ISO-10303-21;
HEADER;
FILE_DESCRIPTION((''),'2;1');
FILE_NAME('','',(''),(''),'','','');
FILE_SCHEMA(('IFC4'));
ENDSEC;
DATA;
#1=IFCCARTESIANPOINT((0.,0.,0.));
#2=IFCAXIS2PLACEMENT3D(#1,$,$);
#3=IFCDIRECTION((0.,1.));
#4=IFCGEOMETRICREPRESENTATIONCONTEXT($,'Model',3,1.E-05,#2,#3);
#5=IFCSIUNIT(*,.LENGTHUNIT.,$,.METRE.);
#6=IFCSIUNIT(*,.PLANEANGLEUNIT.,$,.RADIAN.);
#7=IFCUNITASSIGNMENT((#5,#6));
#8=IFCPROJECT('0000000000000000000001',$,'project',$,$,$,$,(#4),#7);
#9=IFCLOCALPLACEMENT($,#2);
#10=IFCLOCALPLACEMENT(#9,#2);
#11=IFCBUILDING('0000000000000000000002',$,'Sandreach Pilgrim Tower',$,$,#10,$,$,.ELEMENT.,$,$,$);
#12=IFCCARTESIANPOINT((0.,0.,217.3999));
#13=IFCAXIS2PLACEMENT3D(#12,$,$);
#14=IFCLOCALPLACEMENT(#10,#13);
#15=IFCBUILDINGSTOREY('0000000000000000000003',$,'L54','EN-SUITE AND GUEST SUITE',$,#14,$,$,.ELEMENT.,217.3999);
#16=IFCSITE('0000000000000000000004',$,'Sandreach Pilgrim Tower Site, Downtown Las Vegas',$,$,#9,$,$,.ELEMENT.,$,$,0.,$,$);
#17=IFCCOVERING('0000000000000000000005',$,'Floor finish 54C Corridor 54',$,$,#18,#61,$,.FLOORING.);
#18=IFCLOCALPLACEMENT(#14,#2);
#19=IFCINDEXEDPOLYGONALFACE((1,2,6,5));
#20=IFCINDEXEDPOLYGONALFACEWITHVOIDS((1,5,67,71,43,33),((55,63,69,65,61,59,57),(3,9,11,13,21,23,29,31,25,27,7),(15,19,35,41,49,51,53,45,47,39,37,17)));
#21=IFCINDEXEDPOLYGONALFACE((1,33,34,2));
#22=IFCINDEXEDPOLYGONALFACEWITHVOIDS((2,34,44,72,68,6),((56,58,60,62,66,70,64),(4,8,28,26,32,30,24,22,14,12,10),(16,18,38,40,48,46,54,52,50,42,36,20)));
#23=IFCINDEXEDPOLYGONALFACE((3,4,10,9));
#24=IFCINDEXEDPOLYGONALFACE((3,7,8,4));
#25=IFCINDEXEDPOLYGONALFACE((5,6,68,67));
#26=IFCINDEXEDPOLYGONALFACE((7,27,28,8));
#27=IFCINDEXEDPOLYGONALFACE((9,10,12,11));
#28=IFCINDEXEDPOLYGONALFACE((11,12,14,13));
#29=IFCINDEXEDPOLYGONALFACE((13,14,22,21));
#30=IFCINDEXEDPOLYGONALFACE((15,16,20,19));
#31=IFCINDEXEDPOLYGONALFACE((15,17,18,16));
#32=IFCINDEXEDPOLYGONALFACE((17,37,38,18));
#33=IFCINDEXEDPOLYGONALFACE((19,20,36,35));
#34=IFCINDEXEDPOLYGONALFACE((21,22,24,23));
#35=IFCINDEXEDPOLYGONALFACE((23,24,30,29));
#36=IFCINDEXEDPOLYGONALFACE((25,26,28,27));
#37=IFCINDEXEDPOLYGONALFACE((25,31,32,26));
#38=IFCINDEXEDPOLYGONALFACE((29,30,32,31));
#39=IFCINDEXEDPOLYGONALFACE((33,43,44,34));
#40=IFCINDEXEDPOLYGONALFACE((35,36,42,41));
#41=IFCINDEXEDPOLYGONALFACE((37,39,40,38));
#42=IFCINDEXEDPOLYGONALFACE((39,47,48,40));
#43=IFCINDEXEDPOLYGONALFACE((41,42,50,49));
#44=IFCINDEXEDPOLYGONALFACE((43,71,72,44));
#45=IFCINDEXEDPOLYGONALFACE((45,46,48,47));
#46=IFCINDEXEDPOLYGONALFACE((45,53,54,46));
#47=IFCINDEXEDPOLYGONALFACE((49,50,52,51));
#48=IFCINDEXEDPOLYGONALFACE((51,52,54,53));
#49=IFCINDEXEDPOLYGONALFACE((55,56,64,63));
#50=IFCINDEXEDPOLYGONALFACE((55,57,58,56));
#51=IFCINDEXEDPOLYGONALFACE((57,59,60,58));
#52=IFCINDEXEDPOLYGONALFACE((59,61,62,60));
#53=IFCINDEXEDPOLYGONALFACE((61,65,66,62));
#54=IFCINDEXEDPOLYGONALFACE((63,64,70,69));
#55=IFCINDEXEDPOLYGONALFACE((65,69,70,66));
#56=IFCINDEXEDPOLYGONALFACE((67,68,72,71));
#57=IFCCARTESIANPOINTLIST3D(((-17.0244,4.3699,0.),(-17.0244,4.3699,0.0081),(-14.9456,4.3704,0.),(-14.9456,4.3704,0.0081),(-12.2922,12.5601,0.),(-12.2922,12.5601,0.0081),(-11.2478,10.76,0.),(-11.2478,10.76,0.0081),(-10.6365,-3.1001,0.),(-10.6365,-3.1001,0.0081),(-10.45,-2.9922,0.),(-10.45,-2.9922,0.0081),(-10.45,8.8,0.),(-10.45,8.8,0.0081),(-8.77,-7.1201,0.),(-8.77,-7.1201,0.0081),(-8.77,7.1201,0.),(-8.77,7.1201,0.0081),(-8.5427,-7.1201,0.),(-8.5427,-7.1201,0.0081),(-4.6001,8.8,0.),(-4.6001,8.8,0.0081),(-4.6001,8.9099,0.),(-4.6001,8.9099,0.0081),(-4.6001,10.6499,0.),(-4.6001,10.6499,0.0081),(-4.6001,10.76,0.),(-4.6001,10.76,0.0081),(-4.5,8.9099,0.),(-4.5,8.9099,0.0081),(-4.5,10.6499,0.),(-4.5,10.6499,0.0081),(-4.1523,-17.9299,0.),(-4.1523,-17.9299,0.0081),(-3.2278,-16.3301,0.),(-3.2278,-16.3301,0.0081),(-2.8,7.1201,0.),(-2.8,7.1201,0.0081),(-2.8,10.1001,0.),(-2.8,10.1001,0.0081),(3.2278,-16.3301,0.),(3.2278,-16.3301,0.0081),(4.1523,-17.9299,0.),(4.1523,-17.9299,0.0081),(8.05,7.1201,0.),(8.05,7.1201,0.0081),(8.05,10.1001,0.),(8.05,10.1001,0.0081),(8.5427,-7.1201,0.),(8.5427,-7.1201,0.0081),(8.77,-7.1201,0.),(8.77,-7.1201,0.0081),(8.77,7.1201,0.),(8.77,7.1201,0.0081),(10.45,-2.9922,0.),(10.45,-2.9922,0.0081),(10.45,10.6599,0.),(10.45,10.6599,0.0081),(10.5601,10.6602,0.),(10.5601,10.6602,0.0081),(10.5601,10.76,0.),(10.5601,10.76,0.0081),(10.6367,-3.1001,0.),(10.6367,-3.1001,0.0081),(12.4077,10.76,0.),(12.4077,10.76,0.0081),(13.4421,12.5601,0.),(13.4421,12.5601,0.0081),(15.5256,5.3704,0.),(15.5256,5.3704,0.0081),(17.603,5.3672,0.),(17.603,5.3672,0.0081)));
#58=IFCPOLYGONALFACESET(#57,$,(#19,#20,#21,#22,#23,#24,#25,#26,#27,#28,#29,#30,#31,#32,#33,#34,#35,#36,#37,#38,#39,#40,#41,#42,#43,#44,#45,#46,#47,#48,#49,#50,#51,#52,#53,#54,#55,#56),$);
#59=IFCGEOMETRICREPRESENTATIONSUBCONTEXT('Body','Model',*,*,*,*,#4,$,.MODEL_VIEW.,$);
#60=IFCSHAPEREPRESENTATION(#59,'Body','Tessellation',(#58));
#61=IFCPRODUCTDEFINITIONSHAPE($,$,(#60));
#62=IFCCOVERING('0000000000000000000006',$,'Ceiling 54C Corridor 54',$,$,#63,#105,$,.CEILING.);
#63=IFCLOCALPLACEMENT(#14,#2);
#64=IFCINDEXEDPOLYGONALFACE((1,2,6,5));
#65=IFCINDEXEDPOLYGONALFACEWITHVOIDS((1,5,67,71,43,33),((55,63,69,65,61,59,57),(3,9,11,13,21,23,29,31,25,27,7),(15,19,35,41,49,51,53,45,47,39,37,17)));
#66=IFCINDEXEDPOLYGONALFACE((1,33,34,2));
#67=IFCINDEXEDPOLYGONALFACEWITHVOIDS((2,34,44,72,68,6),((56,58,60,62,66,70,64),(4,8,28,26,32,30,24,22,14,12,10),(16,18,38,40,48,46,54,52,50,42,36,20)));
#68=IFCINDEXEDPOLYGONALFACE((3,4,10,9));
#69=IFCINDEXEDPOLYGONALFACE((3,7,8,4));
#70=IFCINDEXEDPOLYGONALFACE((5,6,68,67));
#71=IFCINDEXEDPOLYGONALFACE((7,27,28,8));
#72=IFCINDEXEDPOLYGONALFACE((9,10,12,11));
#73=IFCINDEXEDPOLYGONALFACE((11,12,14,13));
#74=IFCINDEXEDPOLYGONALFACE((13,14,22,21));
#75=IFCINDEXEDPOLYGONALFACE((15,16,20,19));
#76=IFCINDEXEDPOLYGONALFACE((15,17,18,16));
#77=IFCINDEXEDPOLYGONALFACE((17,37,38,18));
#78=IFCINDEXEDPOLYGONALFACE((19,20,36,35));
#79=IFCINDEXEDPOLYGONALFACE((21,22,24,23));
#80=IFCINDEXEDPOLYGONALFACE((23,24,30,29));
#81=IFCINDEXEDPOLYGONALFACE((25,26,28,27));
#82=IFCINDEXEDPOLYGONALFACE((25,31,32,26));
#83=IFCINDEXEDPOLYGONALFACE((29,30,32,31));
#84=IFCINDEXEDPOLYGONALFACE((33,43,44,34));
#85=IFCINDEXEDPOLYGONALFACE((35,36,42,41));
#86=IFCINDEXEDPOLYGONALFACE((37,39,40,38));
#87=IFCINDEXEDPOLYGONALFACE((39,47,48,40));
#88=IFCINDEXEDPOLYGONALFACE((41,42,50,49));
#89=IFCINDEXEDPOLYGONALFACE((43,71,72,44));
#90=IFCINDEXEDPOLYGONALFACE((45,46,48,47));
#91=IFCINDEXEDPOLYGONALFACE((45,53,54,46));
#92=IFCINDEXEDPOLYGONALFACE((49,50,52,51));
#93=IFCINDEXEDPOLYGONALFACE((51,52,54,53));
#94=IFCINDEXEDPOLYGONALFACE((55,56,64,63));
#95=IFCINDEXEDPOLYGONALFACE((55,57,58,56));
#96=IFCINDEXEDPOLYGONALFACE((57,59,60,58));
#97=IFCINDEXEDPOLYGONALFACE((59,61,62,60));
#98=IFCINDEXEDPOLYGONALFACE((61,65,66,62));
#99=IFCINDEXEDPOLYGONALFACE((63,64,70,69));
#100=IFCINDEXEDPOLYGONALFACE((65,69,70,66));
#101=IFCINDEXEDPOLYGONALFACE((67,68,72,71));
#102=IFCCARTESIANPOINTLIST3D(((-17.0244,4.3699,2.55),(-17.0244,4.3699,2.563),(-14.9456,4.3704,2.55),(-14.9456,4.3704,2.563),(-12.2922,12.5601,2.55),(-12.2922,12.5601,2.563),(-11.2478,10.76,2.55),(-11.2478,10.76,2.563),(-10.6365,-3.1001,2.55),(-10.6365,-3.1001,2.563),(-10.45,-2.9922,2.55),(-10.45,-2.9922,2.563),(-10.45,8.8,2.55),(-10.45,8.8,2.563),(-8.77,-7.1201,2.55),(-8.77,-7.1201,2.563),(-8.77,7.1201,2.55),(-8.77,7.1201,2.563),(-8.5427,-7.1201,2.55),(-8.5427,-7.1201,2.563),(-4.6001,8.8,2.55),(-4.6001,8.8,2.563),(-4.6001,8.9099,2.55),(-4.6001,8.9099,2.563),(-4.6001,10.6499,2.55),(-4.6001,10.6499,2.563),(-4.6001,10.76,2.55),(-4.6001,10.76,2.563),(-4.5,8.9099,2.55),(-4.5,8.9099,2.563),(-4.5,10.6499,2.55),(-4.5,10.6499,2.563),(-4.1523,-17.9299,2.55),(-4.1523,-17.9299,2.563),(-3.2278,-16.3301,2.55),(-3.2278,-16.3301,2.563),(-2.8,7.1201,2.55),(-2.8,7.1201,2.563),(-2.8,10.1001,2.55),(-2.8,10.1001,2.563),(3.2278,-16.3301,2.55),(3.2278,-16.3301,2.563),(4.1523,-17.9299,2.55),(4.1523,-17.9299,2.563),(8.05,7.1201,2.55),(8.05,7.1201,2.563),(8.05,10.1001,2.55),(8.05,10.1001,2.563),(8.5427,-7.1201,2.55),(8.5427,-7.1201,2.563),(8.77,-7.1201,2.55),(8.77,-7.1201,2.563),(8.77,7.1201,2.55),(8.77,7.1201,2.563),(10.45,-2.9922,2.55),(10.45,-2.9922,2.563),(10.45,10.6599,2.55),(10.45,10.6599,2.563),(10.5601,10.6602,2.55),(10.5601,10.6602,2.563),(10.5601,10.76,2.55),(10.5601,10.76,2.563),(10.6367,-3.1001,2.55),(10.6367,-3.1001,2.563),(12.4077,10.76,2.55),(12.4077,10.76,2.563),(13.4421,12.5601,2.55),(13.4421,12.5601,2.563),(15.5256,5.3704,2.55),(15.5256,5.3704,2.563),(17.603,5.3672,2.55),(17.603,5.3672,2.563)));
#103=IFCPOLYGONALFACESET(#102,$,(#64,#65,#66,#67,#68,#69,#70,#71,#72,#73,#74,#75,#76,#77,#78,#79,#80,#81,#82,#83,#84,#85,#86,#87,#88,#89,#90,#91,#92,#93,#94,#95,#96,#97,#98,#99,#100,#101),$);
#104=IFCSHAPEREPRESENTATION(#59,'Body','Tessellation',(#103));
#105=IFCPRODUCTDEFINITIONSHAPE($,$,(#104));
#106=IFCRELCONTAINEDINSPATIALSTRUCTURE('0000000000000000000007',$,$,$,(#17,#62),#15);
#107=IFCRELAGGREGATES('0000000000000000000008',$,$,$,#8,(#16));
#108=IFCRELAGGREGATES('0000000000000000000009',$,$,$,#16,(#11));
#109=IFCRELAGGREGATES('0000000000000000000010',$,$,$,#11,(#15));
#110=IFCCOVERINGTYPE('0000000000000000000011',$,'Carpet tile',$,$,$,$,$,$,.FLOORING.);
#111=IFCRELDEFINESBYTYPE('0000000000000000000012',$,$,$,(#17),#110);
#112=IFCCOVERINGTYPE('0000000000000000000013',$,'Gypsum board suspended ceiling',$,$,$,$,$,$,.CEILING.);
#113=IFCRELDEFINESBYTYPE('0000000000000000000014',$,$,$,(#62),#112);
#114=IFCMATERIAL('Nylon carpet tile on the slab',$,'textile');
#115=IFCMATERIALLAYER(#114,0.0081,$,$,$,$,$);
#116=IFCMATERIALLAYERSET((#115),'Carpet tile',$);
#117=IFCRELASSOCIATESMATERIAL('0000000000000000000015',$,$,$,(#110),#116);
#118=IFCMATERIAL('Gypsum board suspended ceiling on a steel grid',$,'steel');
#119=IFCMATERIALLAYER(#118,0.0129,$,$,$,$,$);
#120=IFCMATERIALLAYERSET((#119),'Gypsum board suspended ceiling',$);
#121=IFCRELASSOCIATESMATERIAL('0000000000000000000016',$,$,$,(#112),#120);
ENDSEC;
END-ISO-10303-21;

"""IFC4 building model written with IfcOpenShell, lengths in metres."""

from ifc_helpers import new_model, si_unit, direction, frame, origin, place, context, subcontext, project, spatial, polyline, outline, extrude, material, layer, layer_set, type_object, element, save


model = new_model("IFC4")

# Units and contexts
model_context = context("Model", 3, precision=1e-05, world=origin(), true_north=direction((0.0, 1.0)))
body_context = subcontext(model_context, "Body", "Model", "MODEL_VIEW")
ifc_project = project(units=[si_unit("LENGTHUNIT", "METRE"), si_unit("PLANEANGLEUNIT", "RADIAN")], contexts=[model_context])

# Site, building, storey
site_placement = place(None, origin())
site = spatial("IfcSite", under=ifc_project, at=site_placement, Name="Sandreach Pilgrim Tower Site, Downtown Las Vegas", CompositionType="ELEMENT", RefElevation=0.0)
building_placement = place(site_placement, origin())
building = spatial("IfcBuilding", under=site, at=building_placement, Name="Sandreach Pilgrim Tower", CompositionType="ELEMENT")
storey_placement = place(building_placement, frame((0.0, 0.0, 217.3999)))
storey = spatial("IfcBuildingStorey", under=building, at=storey_placement, Name="L54", Description="EN-SUITE AND GUEST SUITE", CompositionType="ELEMENT", Elevation=217.3999)

# Coverings
ifc_material_1 = material(Name="Nylon carpet tile on the slab", Category="textile")
ifc_layer_1 = layer(ifc_material_1, 0.0081)
ifc_layer_set_1 = layer_set([ifc_layer_1], Name="Carpet tile")
covering_type_1 = type_object("IfcCoveringType", Name="Carpet tile", PredefinedType="FLOORING", material=ifc_layer_set_1)
covering_1_placement = place(storey_placement, origin())
element("IfcCovering", 1, at=covering_1_placement, inside=storey, type_object=covering_type_1, Name="Floor finish 54C Corridor 54", PredefinedType="FLOORING", context=body_context, shape_type="SweptSolid", body=[
    extrude(outline(polyline([(-17.0244, 4.3699), (-12.2922, 12.5601), (13.4421, 12.5601), (17.603, 5.3672), (4.1523, -17.9299), (-4.1523, -17.9299), (-17.0244, 4.3699)]), holes=[polyline([(10.45, 10.6599), (10.45, -2.9922), (10.6367, -3.1001), (15.5256, 5.3704), (12.4077, 10.76), (10.5601, 10.76), (10.5601, 10.6602), (10.45, 10.6599)]), polyline([(-3.2278, -16.3301), (3.2278, -16.3301), (8.5427, -7.1201), (8.77, -7.1201), (8.77, 7.1201), (8.05, 7.1201), (8.05, 10.1001), (-2.8, 10.1001), (-2.8, 7.1201), (-8.77, 7.1201), (-8.77, -7.1201), (-8.5427, -7.1201), (-3.2278, -16.3301)]), polyline([(-14.9456, 4.3704), (-10.6365, -3.1001), (-10.45, -2.9922), (-10.45, 8.8), (-4.6001, 8.8), (-4.6001, 8.9099), (-4.5, 8.9099), (-4.5, 10.6499), (-4.6001, 10.6499), (-4.6001, 10.76), (-11.2478, 10.76), (-14.9456, 4.3704)])]), origin(), (0.0, 0.0, 1.0), 0.0081),
])
ifc_material_2 = material(Name="Gypsum board suspended ceiling on a steel grid", Category="steel")
ifc_layer_2 = layer(ifc_material_2, 0.0129)
ifc_layer_set_2 = layer_set([ifc_layer_2], Name="Gypsum board suspended ceiling")
covering_type_2 = type_object("IfcCoveringType", Name="Gypsum board suspended ceiling", PredefinedType="CEILING", material=ifc_layer_set_2)
covering_2_placement = place(storey_placement, frame((0.0, 0.0, 2.55)))
element("IfcCovering", 2, at=covering_2_placement, inside=storey, type_object=covering_type_2, Name="Ceiling 54C Corridor 54", PredefinedType="CEILING", context=body_context, shape_type="SweptSolid", body=[
    extrude(outline(polyline([(-17.0244, 4.3699), (-12.2922, 12.5601), (13.4421, 12.5601), (17.603, 5.3672), (4.1523, -17.9299), (-4.1523, -17.9299), (-17.0244, 4.3699)]), holes=[polyline([(10.45, 10.6599), (10.45, -2.9922), (10.6367, -3.1001), (15.5256, 5.3704), (12.4077, 10.76), (10.5601, 10.76), (10.5601, 10.6602), (10.45, 10.6599)]), polyline([(-3.2278, -16.3301), (3.2278, -16.3301), (8.5427, -7.1201), (8.77, -7.1201), (8.77, 7.1201), (8.05, 7.1201), (8.05, 10.1001), (-2.8, 10.1001), (-2.8, 7.1201), (-8.77, 7.1201), (-8.77, -7.1201), (-8.5427, -7.1201), (-3.2278, -16.3301)]), polyline([(-14.9456, 4.3704), (-10.6365, -3.1001), (-10.45, -2.9922), (-10.45, 8.8), (-4.6001, 8.8), (-4.6001, 8.9099), (-4.5, 8.9099), (-4.5, 10.6499), (-4.6001, 10.6499), (-4.6001, 10.76), (-11.2478, 10.76), (-14.9456, 4.3704)])]), origin(), (0.0, 0.0, 1.0), 0.0129),
])

save(model, "model.ifc")
